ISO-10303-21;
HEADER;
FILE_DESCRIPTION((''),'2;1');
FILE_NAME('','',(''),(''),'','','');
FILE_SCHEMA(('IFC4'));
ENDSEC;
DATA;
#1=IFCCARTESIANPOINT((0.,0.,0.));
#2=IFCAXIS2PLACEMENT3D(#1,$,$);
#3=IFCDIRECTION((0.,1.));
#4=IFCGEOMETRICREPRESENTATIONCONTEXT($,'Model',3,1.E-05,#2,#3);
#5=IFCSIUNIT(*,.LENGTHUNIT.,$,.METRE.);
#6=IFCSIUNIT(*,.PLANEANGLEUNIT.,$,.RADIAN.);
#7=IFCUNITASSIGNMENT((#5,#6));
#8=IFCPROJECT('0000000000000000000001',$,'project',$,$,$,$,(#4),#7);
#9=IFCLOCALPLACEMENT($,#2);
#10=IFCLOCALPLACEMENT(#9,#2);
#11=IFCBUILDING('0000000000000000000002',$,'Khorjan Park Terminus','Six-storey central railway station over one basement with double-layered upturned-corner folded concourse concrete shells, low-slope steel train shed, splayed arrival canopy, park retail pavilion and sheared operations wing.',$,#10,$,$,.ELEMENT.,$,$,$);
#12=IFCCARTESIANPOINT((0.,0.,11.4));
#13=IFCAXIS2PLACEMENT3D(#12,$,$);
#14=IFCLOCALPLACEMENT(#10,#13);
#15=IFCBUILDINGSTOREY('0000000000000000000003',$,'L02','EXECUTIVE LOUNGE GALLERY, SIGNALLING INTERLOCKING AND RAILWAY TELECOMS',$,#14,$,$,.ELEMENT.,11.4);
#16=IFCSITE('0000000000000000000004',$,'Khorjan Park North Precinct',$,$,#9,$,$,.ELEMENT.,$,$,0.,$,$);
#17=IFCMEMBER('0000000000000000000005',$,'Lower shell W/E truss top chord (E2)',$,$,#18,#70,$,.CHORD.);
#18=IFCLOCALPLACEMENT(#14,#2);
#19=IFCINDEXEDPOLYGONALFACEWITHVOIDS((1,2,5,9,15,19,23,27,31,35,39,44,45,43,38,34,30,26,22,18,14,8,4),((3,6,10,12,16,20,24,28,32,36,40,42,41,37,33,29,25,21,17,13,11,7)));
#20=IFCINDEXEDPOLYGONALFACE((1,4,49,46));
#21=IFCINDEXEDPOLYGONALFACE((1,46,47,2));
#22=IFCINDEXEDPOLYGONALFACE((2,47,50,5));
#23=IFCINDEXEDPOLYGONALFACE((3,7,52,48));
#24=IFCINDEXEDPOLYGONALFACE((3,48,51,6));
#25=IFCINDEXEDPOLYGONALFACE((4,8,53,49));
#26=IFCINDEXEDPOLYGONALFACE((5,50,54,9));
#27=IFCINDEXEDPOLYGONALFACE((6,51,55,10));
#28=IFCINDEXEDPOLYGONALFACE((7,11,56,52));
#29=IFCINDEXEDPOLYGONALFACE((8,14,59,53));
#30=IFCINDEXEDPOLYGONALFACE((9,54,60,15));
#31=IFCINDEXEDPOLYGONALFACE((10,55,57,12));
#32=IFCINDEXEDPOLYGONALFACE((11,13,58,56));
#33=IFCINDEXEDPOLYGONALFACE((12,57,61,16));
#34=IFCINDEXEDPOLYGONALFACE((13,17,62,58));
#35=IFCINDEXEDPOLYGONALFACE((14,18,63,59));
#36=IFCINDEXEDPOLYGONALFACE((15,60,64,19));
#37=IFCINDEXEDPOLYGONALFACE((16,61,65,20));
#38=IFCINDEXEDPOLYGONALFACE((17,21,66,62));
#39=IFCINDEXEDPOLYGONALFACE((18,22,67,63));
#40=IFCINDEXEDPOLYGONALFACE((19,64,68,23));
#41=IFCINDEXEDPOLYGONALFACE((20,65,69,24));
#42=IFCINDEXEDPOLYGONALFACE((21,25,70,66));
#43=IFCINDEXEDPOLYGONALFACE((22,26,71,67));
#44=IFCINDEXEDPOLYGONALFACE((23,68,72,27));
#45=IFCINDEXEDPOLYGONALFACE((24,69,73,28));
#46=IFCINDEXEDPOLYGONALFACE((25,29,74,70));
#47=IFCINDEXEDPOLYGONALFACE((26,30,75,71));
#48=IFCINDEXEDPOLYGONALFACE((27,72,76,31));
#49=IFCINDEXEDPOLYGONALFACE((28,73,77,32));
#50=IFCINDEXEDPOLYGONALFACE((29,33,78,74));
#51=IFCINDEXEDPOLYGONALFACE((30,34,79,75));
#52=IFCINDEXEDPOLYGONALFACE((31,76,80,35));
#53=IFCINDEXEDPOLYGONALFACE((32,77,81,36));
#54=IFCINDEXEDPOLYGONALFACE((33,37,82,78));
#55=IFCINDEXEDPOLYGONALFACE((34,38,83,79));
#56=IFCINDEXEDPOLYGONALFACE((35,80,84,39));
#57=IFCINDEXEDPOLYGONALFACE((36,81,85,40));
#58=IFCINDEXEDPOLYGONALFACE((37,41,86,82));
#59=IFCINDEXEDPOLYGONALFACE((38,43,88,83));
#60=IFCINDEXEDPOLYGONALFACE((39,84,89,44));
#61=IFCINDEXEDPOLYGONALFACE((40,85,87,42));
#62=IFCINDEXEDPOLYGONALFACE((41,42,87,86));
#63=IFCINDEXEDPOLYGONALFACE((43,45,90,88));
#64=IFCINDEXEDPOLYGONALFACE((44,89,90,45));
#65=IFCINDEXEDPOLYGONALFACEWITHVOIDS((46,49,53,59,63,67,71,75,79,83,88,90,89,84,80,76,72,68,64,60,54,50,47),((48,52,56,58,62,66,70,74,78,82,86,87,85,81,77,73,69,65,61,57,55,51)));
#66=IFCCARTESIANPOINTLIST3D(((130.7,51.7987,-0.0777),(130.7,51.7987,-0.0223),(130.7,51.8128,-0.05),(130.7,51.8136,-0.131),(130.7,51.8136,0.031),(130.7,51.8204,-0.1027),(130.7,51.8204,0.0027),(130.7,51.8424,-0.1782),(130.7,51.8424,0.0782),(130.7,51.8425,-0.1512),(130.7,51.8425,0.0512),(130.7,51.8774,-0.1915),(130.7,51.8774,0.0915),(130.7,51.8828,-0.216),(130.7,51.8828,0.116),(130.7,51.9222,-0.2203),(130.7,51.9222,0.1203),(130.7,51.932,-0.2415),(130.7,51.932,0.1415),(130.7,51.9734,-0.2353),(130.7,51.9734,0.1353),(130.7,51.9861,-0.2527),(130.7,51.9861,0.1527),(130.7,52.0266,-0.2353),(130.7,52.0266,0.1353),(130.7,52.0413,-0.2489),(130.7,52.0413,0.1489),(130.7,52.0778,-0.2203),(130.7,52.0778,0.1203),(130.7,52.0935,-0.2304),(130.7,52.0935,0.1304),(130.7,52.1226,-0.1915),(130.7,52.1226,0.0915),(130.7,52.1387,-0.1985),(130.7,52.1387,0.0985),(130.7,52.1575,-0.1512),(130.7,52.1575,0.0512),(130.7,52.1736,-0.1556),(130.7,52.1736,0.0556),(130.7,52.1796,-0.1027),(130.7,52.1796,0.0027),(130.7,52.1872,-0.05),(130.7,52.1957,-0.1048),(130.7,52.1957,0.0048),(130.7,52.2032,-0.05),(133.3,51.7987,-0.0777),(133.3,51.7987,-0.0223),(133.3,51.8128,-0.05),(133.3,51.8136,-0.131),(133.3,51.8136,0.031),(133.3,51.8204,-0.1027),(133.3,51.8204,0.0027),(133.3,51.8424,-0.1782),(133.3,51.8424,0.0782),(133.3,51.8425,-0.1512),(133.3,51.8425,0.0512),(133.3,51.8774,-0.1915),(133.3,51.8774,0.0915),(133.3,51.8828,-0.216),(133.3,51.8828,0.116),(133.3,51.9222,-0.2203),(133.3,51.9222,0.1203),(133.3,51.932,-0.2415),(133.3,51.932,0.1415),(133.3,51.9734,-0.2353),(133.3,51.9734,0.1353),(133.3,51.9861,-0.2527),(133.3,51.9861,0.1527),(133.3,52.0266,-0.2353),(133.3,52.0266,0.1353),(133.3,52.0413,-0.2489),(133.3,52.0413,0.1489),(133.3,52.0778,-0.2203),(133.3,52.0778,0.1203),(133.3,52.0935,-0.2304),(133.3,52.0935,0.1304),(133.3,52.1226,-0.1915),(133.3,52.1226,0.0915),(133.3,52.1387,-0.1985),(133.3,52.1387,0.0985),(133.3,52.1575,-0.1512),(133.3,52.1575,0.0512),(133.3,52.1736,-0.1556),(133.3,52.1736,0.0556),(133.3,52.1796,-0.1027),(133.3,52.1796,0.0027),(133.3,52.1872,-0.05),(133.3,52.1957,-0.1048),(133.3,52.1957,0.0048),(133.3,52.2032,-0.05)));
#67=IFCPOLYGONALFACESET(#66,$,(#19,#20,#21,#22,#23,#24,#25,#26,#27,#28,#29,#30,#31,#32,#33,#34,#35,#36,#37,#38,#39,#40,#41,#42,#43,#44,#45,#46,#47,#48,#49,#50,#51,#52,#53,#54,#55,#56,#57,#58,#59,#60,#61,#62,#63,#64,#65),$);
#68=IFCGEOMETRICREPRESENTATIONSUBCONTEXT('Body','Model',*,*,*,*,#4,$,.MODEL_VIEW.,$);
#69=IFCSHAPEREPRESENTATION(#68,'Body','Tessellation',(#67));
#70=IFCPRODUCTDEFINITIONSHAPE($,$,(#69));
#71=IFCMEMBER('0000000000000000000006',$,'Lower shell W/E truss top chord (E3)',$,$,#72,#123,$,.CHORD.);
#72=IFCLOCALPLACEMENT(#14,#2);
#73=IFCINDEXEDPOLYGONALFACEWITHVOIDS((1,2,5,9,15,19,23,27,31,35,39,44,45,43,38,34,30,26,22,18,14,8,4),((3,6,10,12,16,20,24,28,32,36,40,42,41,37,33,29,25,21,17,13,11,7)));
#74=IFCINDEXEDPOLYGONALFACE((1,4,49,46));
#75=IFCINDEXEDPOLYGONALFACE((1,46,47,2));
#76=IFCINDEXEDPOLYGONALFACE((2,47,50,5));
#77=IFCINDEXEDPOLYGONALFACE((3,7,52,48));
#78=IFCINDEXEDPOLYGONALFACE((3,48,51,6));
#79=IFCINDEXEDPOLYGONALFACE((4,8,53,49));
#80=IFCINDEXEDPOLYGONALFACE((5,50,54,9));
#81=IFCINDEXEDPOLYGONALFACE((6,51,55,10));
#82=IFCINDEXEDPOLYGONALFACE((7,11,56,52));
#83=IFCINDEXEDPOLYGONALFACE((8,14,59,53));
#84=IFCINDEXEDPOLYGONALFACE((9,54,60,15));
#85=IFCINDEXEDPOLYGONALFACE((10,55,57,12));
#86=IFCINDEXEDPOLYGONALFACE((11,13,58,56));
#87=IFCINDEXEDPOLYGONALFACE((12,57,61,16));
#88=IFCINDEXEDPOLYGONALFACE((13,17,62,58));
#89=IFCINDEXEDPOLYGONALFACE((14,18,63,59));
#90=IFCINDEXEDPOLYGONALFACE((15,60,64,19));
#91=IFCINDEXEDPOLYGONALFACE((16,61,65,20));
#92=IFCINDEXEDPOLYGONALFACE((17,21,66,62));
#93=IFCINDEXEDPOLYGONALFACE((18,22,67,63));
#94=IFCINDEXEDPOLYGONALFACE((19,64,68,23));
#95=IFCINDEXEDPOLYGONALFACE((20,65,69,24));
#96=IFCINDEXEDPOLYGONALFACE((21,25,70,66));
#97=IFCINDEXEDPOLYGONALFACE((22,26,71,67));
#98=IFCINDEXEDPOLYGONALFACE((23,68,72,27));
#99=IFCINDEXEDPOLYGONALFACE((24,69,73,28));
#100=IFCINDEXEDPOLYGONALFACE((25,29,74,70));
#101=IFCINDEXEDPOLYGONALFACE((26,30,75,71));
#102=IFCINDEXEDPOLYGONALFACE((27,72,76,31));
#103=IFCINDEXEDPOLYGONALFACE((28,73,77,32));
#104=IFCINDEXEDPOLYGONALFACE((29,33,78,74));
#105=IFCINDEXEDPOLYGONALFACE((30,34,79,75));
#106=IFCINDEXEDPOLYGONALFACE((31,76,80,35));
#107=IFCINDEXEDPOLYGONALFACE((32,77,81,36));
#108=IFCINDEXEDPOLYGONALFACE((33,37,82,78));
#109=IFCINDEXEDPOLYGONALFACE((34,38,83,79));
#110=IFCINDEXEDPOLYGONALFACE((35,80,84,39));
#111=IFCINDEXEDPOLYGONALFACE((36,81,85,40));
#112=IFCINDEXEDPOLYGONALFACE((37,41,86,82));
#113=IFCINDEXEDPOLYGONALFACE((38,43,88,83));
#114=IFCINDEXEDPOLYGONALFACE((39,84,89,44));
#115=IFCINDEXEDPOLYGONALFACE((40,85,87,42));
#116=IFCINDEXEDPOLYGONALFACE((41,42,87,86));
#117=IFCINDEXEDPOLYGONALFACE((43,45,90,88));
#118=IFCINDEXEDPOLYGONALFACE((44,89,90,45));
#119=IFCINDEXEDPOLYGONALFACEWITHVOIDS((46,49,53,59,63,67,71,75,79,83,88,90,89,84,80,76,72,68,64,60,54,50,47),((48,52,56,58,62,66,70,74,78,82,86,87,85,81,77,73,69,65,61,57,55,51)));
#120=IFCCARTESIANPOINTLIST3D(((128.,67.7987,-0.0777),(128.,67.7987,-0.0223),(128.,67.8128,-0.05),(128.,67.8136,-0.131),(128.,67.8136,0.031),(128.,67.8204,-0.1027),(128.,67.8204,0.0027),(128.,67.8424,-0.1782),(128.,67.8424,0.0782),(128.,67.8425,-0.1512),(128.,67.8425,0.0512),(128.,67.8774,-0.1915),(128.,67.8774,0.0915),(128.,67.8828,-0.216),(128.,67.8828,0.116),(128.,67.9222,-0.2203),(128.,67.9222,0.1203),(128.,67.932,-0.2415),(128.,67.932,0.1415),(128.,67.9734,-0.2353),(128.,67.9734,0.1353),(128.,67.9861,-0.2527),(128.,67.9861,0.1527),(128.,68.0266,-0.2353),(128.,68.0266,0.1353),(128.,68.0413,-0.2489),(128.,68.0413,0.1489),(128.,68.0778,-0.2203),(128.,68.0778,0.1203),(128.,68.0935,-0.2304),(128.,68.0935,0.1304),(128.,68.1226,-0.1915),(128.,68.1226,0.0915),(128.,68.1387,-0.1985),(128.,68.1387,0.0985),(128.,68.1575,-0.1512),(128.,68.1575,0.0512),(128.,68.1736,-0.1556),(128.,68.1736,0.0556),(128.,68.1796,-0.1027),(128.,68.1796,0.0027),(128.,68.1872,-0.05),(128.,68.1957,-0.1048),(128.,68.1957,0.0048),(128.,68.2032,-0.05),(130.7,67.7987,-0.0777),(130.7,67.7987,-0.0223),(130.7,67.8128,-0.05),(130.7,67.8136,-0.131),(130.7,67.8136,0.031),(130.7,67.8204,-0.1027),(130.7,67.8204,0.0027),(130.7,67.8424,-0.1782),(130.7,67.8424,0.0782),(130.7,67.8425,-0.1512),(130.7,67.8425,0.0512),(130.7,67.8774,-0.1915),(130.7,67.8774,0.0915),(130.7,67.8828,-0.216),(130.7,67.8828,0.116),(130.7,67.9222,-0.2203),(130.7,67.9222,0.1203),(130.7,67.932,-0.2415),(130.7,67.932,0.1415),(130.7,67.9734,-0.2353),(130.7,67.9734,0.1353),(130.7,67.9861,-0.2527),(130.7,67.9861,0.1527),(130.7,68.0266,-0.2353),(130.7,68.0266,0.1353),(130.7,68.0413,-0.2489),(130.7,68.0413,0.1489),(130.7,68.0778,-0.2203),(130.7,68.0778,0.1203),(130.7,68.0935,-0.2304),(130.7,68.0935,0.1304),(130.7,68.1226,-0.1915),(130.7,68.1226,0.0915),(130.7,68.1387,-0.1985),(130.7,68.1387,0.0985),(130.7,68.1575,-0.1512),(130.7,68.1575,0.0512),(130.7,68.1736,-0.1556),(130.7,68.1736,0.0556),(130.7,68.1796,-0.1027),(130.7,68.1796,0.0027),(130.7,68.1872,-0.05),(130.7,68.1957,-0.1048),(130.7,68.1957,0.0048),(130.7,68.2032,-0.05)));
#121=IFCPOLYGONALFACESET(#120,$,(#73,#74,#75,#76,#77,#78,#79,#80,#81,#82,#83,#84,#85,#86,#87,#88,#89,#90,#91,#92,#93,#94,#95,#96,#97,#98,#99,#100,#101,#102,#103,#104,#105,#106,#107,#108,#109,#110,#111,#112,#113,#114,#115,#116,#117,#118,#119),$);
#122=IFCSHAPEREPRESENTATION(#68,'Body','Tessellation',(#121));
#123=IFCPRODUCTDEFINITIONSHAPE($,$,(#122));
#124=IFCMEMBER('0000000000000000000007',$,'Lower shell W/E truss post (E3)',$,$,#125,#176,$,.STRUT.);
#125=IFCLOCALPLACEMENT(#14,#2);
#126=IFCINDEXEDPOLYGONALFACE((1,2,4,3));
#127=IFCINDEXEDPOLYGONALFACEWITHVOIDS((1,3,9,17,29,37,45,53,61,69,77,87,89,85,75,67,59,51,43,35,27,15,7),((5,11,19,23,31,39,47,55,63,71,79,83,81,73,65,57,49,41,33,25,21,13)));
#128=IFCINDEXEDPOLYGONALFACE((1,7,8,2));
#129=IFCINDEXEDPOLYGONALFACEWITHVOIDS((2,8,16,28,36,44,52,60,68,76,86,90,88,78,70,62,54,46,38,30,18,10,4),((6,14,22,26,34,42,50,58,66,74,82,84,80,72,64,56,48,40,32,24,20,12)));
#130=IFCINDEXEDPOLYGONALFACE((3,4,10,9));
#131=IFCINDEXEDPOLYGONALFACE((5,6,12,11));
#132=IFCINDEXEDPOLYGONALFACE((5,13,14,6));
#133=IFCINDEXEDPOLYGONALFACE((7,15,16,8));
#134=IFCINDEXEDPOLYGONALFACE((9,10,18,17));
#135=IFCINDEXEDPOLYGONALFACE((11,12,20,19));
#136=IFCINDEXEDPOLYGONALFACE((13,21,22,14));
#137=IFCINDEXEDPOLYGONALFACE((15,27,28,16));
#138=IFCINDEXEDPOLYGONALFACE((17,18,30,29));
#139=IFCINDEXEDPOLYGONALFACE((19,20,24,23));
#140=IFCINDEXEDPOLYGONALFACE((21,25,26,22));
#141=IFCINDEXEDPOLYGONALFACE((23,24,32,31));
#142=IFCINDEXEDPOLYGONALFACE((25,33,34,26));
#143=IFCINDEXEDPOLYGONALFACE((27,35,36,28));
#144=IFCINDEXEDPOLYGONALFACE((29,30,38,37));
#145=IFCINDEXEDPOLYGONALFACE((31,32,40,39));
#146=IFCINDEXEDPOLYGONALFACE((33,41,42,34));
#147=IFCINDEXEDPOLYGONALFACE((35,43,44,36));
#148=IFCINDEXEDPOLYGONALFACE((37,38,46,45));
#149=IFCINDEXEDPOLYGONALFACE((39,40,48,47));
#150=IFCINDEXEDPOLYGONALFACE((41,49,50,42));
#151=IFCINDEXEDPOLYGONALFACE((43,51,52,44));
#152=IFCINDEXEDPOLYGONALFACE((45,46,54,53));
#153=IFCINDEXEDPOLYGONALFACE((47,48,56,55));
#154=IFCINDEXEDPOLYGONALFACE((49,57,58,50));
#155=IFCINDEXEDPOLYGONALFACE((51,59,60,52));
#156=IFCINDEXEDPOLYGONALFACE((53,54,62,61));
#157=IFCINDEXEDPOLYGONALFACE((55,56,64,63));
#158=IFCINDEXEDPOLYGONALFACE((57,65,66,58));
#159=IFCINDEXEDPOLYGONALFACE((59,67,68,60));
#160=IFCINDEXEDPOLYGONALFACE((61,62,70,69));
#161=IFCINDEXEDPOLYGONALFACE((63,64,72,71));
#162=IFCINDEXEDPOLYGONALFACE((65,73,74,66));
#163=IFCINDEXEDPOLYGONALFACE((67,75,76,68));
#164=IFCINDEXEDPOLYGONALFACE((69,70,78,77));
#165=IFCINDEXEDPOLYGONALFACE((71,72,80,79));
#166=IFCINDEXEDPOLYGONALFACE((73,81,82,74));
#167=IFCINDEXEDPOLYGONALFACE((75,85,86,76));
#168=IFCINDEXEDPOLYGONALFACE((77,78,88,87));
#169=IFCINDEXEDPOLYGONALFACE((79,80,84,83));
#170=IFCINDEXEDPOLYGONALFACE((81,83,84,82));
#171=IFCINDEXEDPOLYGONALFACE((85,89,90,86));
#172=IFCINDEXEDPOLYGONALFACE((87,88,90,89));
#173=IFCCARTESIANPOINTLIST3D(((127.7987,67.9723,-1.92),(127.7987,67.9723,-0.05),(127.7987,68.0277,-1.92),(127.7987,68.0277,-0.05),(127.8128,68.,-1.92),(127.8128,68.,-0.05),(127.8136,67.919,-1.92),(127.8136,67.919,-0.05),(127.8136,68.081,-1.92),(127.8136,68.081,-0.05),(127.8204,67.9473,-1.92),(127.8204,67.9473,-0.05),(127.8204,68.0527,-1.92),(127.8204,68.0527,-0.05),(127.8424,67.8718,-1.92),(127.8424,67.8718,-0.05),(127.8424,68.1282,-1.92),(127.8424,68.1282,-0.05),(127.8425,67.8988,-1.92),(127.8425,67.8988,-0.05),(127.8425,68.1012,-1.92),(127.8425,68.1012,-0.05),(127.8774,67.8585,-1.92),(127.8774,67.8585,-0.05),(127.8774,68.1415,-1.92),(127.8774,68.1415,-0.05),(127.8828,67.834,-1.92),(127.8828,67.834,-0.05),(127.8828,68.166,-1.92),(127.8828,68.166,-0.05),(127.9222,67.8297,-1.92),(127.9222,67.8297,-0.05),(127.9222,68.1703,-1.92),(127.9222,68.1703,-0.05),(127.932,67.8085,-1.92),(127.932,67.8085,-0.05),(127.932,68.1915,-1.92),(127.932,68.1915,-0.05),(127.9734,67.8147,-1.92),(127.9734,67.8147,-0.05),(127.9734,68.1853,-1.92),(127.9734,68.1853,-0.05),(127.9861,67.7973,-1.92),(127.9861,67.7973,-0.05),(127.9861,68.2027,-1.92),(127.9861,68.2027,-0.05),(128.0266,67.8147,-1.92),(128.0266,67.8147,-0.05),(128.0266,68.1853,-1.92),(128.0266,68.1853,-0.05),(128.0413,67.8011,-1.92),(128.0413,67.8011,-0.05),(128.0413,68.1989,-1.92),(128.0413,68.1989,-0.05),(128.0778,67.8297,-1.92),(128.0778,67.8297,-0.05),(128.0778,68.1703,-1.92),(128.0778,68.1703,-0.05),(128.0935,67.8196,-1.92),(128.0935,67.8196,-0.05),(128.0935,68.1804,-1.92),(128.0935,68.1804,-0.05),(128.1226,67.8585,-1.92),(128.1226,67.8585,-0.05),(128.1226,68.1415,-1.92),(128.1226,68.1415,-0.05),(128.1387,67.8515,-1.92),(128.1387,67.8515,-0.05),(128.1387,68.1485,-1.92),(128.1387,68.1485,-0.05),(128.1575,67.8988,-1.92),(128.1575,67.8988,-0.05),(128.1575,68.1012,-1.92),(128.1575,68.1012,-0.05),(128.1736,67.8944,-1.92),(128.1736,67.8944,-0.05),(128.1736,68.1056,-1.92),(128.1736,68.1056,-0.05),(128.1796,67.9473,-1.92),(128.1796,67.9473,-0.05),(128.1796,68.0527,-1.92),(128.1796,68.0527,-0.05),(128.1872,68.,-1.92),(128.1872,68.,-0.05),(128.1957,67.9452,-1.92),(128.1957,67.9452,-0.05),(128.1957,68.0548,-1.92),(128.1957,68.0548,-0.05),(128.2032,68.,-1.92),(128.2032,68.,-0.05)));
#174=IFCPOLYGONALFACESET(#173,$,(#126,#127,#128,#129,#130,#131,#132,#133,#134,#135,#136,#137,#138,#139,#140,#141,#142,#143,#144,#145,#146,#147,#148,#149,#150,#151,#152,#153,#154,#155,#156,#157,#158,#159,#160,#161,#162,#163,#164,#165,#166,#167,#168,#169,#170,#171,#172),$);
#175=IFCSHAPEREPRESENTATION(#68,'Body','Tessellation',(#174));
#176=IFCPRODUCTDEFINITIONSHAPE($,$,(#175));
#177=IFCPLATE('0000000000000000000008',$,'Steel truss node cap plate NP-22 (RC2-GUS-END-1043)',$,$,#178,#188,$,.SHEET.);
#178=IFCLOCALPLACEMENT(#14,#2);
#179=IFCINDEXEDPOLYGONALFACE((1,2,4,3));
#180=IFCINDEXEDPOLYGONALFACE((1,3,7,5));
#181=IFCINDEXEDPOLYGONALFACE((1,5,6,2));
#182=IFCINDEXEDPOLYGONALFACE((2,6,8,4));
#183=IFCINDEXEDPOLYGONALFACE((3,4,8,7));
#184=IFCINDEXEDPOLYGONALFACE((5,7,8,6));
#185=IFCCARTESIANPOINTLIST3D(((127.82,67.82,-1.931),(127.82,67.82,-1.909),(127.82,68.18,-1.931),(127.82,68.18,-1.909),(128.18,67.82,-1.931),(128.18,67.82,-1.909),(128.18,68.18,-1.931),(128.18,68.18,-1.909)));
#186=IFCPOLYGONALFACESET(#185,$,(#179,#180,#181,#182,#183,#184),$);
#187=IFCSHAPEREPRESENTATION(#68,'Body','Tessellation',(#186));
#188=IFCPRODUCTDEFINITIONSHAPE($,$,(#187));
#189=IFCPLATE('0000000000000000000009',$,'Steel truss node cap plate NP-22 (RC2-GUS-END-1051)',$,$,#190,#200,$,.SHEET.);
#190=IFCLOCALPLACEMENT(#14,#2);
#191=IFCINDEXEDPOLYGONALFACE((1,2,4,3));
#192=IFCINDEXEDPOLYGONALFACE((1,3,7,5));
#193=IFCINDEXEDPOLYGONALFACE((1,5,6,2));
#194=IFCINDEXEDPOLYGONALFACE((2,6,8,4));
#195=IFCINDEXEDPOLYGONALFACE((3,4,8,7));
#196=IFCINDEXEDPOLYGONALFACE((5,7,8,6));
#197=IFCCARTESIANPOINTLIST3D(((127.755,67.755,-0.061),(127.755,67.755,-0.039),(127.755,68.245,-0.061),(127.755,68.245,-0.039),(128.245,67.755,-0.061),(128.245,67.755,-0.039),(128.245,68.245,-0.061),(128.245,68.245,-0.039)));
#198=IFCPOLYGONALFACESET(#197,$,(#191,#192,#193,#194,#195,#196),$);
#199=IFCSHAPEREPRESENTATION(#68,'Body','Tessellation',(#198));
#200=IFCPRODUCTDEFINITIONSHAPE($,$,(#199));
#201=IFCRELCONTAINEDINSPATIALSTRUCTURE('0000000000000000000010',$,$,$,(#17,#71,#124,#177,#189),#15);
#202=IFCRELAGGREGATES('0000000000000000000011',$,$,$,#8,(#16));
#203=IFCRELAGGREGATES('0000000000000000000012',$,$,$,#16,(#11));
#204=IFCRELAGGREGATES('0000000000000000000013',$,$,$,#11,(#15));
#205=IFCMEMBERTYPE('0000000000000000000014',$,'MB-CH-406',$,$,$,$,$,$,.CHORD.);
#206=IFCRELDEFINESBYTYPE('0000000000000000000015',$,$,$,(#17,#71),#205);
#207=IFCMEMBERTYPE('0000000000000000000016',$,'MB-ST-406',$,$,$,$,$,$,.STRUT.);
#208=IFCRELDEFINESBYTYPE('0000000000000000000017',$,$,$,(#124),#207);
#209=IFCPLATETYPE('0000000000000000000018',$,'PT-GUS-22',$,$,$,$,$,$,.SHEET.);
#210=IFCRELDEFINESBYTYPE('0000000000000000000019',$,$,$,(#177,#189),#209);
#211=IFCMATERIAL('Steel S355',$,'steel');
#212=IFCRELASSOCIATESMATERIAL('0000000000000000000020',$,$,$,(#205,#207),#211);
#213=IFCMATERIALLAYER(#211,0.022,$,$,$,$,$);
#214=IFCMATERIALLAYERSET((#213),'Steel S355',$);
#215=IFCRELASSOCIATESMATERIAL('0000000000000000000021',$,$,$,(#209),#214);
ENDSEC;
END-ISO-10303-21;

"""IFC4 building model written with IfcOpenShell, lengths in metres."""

from ifc_helpers import new_model, si_unit, direction, frame, origin, origin_2d, place, context, subcontext, project, spatial, rectangle, hollow_circle, extrude, material, layer, layer_set, material_profile, profile_set, type_object, element, save


model = new_model("IFC4")

# Units and contexts
model_context = context("Model", 3, precision=1e-05, world=origin(), true_north=direction((0.0, 1.0)))
body_context = subcontext(model_context, "Body", "Model", "MODEL_VIEW")
ifc_project = project(units=[si_unit("LENGTHUNIT", "METRE"), si_unit("PLANEANGLEUNIT", "RADIAN")], contexts=[model_context])

# Site, building, storey
site_placement = place(None, origin())
site = spatial("IfcSite", under=ifc_project, at=site_placement, Name="Khorjan Park North Precinct", CompositionType="ELEMENT", RefElevation=0.0)
building_placement = place(site_placement, origin())
building = spatial("IfcBuilding", under=site, at=building_placement, Name="Khorjan Park Terminus", Description="Six-storey central railway station over one basement with double-layered upturned-corner folded concourse concrete shells, low-slope steel train shed, splayed arrival canopy, park retail pavilion and sheared operations wing.", CompositionType="ELEMENT")
storey_placement = place(building_placement, frame((0.0, 0.0, 11.4)))
storey = spatial("IfcBuildingStorey", under=building, at=storey_placement, Name="L02", Description="EXECUTIVE LOUNGE GALLERY, SIGNALLING INTERLOCKING AND RAILWAY TELECOMS", CompositionType="ELEMENT", Elevation=11.4)

# Shared definitions
ifc_material_1 = material(Name="Steel S355", Category="steel")

# Members
ifc_material_profile_1 = material_profile(ifc_material_1, hollow_circle(Radius=0.2032, WallThickness=0.016, at=origin_2d()), Name="CHS 406.4x16")
ifc_profile_set_1 = profile_set([ifc_material_profile_1], Name="Steel S355")
member_type_1 = type_object("IfcMemberType", Name="MB-CH-406", PredefinedType="CHORD", material=ifc_profile_set_1)
member_1_placement = place(storey_placement, frame((130.7, 52.0, -0.05), z_axis=(1.0, 0.0, 0.0), x_axis=(0.0, 1.0, 0.0)))
element("IfcMember", 1, at=member_1_placement, inside=storey, type_object=member_type_1, Name="Lower shell W/E truss top chord (E2)", PredefinedType="CHORD", context=body_context, shape_type="SweptSolid", body=[
    extrude(hollow_circle(Radius=0.2032, WallThickness=0.016, at=origin_2d()), origin(), (0.0, 0.0, 1.0), 2.6),
])
member_2_placement = place(storey_placement, frame((128.0, 68.0, -0.05), z_axis=(1.0, 0.0, 0.0), x_axis=(0.0, 1.0, 0.0)))
element("IfcMember", 2, at=member_2_placement, inside=storey, type_object=member_type_1, Name="Lower shell W/E truss top chord (E3)", PredefinedType="CHORD", context=body_context, shape_type="SweptSolid", body=[
    extrude(hollow_circle(Radius=0.2032, WallThickness=0.016, at=origin_2d()), origin(), (0.0, 0.0, 1.0), 2.7),
])
ifc_material_profile_2 = material_profile(ifc_material_1, hollow_circle(Radius=0.2032, WallThickness=0.016, at=origin_2d()), Name="CHS 406.4x16")
ifc_profile_set_2 = profile_set([ifc_material_profile_2], Name="Steel S355")
member_type_2 = type_object("IfcMemberType", Name="MB-ST-406", PredefinedType="STRUT", material=ifc_profile_set_2)
member_3_placement = place(storey_placement, frame((128.0, 68.0, -1.92), z_axis=(0.0, 0.0, 1.0), x_axis=(1.0, 0.0, 0.0)))
element("IfcMember", 3, at=member_3_placement, inside=storey, type_object=member_type_2, Name="Lower shell W/E truss post (E3)", PredefinedType="STRUT", context=body_context, shape_type="SweptSolid", body=[
    extrude(hollow_circle(Radius=0.2032, WallThickness=0.016, at=origin_2d()), origin(), (0.0, 0.0, 1.0), 1.87),
])

# Plates
ifc_layer = layer(ifc_material_1, 0.022)
ifc_layer_set = layer_set([ifc_layer], Name="Steel S355")
plate_type = type_object("IfcPlateType", Name="PT-GUS-22", PredefinedType="SHEET", material=ifc_layer_set)
plate_1_placement = place(storey_placement, frame((128.0, 68.0, -1.931), z_axis=(0.0, 0.0, 1.0), x_axis=(1.0, 0.0, 0.0)))
element("IfcPlate", 4, at=plate_1_placement, inside=storey, type_object=plate_type, Name="Steel truss node cap plate NP-22 (RC2-GUS-END-1043)", PredefinedType="SHEET", context=body_context, shape_type="SweptSolid", body=[
    extrude(rectangle(XDim=0.36, YDim=0.36, at=origin_2d()), origin(), (0.0, 0.0, 1.0), 0.022),
])
plate_2_placement = place(storey_placement, frame((128.0, 68.0, -0.061), z_axis=(0.0, 0.0, 1.0), x_axis=(1.0, 0.0, 0.0)))
element("IfcPlate", 5, at=plate_2_placement, inside=storey, type_object=plate_type, Name="Steel truss node cap plate NP-22 (RC2-GUS-END-1051)", PredefinedType="SHEET", context=body_context, shape_type="SweptSolid", body=[
    extrude(rectangle(XDim=0.49, YDim=0.49, at=origin_2d()), origin(), (0.0, 0.0, 1.0), 0.022),
])

save(model, "model.ifc")
